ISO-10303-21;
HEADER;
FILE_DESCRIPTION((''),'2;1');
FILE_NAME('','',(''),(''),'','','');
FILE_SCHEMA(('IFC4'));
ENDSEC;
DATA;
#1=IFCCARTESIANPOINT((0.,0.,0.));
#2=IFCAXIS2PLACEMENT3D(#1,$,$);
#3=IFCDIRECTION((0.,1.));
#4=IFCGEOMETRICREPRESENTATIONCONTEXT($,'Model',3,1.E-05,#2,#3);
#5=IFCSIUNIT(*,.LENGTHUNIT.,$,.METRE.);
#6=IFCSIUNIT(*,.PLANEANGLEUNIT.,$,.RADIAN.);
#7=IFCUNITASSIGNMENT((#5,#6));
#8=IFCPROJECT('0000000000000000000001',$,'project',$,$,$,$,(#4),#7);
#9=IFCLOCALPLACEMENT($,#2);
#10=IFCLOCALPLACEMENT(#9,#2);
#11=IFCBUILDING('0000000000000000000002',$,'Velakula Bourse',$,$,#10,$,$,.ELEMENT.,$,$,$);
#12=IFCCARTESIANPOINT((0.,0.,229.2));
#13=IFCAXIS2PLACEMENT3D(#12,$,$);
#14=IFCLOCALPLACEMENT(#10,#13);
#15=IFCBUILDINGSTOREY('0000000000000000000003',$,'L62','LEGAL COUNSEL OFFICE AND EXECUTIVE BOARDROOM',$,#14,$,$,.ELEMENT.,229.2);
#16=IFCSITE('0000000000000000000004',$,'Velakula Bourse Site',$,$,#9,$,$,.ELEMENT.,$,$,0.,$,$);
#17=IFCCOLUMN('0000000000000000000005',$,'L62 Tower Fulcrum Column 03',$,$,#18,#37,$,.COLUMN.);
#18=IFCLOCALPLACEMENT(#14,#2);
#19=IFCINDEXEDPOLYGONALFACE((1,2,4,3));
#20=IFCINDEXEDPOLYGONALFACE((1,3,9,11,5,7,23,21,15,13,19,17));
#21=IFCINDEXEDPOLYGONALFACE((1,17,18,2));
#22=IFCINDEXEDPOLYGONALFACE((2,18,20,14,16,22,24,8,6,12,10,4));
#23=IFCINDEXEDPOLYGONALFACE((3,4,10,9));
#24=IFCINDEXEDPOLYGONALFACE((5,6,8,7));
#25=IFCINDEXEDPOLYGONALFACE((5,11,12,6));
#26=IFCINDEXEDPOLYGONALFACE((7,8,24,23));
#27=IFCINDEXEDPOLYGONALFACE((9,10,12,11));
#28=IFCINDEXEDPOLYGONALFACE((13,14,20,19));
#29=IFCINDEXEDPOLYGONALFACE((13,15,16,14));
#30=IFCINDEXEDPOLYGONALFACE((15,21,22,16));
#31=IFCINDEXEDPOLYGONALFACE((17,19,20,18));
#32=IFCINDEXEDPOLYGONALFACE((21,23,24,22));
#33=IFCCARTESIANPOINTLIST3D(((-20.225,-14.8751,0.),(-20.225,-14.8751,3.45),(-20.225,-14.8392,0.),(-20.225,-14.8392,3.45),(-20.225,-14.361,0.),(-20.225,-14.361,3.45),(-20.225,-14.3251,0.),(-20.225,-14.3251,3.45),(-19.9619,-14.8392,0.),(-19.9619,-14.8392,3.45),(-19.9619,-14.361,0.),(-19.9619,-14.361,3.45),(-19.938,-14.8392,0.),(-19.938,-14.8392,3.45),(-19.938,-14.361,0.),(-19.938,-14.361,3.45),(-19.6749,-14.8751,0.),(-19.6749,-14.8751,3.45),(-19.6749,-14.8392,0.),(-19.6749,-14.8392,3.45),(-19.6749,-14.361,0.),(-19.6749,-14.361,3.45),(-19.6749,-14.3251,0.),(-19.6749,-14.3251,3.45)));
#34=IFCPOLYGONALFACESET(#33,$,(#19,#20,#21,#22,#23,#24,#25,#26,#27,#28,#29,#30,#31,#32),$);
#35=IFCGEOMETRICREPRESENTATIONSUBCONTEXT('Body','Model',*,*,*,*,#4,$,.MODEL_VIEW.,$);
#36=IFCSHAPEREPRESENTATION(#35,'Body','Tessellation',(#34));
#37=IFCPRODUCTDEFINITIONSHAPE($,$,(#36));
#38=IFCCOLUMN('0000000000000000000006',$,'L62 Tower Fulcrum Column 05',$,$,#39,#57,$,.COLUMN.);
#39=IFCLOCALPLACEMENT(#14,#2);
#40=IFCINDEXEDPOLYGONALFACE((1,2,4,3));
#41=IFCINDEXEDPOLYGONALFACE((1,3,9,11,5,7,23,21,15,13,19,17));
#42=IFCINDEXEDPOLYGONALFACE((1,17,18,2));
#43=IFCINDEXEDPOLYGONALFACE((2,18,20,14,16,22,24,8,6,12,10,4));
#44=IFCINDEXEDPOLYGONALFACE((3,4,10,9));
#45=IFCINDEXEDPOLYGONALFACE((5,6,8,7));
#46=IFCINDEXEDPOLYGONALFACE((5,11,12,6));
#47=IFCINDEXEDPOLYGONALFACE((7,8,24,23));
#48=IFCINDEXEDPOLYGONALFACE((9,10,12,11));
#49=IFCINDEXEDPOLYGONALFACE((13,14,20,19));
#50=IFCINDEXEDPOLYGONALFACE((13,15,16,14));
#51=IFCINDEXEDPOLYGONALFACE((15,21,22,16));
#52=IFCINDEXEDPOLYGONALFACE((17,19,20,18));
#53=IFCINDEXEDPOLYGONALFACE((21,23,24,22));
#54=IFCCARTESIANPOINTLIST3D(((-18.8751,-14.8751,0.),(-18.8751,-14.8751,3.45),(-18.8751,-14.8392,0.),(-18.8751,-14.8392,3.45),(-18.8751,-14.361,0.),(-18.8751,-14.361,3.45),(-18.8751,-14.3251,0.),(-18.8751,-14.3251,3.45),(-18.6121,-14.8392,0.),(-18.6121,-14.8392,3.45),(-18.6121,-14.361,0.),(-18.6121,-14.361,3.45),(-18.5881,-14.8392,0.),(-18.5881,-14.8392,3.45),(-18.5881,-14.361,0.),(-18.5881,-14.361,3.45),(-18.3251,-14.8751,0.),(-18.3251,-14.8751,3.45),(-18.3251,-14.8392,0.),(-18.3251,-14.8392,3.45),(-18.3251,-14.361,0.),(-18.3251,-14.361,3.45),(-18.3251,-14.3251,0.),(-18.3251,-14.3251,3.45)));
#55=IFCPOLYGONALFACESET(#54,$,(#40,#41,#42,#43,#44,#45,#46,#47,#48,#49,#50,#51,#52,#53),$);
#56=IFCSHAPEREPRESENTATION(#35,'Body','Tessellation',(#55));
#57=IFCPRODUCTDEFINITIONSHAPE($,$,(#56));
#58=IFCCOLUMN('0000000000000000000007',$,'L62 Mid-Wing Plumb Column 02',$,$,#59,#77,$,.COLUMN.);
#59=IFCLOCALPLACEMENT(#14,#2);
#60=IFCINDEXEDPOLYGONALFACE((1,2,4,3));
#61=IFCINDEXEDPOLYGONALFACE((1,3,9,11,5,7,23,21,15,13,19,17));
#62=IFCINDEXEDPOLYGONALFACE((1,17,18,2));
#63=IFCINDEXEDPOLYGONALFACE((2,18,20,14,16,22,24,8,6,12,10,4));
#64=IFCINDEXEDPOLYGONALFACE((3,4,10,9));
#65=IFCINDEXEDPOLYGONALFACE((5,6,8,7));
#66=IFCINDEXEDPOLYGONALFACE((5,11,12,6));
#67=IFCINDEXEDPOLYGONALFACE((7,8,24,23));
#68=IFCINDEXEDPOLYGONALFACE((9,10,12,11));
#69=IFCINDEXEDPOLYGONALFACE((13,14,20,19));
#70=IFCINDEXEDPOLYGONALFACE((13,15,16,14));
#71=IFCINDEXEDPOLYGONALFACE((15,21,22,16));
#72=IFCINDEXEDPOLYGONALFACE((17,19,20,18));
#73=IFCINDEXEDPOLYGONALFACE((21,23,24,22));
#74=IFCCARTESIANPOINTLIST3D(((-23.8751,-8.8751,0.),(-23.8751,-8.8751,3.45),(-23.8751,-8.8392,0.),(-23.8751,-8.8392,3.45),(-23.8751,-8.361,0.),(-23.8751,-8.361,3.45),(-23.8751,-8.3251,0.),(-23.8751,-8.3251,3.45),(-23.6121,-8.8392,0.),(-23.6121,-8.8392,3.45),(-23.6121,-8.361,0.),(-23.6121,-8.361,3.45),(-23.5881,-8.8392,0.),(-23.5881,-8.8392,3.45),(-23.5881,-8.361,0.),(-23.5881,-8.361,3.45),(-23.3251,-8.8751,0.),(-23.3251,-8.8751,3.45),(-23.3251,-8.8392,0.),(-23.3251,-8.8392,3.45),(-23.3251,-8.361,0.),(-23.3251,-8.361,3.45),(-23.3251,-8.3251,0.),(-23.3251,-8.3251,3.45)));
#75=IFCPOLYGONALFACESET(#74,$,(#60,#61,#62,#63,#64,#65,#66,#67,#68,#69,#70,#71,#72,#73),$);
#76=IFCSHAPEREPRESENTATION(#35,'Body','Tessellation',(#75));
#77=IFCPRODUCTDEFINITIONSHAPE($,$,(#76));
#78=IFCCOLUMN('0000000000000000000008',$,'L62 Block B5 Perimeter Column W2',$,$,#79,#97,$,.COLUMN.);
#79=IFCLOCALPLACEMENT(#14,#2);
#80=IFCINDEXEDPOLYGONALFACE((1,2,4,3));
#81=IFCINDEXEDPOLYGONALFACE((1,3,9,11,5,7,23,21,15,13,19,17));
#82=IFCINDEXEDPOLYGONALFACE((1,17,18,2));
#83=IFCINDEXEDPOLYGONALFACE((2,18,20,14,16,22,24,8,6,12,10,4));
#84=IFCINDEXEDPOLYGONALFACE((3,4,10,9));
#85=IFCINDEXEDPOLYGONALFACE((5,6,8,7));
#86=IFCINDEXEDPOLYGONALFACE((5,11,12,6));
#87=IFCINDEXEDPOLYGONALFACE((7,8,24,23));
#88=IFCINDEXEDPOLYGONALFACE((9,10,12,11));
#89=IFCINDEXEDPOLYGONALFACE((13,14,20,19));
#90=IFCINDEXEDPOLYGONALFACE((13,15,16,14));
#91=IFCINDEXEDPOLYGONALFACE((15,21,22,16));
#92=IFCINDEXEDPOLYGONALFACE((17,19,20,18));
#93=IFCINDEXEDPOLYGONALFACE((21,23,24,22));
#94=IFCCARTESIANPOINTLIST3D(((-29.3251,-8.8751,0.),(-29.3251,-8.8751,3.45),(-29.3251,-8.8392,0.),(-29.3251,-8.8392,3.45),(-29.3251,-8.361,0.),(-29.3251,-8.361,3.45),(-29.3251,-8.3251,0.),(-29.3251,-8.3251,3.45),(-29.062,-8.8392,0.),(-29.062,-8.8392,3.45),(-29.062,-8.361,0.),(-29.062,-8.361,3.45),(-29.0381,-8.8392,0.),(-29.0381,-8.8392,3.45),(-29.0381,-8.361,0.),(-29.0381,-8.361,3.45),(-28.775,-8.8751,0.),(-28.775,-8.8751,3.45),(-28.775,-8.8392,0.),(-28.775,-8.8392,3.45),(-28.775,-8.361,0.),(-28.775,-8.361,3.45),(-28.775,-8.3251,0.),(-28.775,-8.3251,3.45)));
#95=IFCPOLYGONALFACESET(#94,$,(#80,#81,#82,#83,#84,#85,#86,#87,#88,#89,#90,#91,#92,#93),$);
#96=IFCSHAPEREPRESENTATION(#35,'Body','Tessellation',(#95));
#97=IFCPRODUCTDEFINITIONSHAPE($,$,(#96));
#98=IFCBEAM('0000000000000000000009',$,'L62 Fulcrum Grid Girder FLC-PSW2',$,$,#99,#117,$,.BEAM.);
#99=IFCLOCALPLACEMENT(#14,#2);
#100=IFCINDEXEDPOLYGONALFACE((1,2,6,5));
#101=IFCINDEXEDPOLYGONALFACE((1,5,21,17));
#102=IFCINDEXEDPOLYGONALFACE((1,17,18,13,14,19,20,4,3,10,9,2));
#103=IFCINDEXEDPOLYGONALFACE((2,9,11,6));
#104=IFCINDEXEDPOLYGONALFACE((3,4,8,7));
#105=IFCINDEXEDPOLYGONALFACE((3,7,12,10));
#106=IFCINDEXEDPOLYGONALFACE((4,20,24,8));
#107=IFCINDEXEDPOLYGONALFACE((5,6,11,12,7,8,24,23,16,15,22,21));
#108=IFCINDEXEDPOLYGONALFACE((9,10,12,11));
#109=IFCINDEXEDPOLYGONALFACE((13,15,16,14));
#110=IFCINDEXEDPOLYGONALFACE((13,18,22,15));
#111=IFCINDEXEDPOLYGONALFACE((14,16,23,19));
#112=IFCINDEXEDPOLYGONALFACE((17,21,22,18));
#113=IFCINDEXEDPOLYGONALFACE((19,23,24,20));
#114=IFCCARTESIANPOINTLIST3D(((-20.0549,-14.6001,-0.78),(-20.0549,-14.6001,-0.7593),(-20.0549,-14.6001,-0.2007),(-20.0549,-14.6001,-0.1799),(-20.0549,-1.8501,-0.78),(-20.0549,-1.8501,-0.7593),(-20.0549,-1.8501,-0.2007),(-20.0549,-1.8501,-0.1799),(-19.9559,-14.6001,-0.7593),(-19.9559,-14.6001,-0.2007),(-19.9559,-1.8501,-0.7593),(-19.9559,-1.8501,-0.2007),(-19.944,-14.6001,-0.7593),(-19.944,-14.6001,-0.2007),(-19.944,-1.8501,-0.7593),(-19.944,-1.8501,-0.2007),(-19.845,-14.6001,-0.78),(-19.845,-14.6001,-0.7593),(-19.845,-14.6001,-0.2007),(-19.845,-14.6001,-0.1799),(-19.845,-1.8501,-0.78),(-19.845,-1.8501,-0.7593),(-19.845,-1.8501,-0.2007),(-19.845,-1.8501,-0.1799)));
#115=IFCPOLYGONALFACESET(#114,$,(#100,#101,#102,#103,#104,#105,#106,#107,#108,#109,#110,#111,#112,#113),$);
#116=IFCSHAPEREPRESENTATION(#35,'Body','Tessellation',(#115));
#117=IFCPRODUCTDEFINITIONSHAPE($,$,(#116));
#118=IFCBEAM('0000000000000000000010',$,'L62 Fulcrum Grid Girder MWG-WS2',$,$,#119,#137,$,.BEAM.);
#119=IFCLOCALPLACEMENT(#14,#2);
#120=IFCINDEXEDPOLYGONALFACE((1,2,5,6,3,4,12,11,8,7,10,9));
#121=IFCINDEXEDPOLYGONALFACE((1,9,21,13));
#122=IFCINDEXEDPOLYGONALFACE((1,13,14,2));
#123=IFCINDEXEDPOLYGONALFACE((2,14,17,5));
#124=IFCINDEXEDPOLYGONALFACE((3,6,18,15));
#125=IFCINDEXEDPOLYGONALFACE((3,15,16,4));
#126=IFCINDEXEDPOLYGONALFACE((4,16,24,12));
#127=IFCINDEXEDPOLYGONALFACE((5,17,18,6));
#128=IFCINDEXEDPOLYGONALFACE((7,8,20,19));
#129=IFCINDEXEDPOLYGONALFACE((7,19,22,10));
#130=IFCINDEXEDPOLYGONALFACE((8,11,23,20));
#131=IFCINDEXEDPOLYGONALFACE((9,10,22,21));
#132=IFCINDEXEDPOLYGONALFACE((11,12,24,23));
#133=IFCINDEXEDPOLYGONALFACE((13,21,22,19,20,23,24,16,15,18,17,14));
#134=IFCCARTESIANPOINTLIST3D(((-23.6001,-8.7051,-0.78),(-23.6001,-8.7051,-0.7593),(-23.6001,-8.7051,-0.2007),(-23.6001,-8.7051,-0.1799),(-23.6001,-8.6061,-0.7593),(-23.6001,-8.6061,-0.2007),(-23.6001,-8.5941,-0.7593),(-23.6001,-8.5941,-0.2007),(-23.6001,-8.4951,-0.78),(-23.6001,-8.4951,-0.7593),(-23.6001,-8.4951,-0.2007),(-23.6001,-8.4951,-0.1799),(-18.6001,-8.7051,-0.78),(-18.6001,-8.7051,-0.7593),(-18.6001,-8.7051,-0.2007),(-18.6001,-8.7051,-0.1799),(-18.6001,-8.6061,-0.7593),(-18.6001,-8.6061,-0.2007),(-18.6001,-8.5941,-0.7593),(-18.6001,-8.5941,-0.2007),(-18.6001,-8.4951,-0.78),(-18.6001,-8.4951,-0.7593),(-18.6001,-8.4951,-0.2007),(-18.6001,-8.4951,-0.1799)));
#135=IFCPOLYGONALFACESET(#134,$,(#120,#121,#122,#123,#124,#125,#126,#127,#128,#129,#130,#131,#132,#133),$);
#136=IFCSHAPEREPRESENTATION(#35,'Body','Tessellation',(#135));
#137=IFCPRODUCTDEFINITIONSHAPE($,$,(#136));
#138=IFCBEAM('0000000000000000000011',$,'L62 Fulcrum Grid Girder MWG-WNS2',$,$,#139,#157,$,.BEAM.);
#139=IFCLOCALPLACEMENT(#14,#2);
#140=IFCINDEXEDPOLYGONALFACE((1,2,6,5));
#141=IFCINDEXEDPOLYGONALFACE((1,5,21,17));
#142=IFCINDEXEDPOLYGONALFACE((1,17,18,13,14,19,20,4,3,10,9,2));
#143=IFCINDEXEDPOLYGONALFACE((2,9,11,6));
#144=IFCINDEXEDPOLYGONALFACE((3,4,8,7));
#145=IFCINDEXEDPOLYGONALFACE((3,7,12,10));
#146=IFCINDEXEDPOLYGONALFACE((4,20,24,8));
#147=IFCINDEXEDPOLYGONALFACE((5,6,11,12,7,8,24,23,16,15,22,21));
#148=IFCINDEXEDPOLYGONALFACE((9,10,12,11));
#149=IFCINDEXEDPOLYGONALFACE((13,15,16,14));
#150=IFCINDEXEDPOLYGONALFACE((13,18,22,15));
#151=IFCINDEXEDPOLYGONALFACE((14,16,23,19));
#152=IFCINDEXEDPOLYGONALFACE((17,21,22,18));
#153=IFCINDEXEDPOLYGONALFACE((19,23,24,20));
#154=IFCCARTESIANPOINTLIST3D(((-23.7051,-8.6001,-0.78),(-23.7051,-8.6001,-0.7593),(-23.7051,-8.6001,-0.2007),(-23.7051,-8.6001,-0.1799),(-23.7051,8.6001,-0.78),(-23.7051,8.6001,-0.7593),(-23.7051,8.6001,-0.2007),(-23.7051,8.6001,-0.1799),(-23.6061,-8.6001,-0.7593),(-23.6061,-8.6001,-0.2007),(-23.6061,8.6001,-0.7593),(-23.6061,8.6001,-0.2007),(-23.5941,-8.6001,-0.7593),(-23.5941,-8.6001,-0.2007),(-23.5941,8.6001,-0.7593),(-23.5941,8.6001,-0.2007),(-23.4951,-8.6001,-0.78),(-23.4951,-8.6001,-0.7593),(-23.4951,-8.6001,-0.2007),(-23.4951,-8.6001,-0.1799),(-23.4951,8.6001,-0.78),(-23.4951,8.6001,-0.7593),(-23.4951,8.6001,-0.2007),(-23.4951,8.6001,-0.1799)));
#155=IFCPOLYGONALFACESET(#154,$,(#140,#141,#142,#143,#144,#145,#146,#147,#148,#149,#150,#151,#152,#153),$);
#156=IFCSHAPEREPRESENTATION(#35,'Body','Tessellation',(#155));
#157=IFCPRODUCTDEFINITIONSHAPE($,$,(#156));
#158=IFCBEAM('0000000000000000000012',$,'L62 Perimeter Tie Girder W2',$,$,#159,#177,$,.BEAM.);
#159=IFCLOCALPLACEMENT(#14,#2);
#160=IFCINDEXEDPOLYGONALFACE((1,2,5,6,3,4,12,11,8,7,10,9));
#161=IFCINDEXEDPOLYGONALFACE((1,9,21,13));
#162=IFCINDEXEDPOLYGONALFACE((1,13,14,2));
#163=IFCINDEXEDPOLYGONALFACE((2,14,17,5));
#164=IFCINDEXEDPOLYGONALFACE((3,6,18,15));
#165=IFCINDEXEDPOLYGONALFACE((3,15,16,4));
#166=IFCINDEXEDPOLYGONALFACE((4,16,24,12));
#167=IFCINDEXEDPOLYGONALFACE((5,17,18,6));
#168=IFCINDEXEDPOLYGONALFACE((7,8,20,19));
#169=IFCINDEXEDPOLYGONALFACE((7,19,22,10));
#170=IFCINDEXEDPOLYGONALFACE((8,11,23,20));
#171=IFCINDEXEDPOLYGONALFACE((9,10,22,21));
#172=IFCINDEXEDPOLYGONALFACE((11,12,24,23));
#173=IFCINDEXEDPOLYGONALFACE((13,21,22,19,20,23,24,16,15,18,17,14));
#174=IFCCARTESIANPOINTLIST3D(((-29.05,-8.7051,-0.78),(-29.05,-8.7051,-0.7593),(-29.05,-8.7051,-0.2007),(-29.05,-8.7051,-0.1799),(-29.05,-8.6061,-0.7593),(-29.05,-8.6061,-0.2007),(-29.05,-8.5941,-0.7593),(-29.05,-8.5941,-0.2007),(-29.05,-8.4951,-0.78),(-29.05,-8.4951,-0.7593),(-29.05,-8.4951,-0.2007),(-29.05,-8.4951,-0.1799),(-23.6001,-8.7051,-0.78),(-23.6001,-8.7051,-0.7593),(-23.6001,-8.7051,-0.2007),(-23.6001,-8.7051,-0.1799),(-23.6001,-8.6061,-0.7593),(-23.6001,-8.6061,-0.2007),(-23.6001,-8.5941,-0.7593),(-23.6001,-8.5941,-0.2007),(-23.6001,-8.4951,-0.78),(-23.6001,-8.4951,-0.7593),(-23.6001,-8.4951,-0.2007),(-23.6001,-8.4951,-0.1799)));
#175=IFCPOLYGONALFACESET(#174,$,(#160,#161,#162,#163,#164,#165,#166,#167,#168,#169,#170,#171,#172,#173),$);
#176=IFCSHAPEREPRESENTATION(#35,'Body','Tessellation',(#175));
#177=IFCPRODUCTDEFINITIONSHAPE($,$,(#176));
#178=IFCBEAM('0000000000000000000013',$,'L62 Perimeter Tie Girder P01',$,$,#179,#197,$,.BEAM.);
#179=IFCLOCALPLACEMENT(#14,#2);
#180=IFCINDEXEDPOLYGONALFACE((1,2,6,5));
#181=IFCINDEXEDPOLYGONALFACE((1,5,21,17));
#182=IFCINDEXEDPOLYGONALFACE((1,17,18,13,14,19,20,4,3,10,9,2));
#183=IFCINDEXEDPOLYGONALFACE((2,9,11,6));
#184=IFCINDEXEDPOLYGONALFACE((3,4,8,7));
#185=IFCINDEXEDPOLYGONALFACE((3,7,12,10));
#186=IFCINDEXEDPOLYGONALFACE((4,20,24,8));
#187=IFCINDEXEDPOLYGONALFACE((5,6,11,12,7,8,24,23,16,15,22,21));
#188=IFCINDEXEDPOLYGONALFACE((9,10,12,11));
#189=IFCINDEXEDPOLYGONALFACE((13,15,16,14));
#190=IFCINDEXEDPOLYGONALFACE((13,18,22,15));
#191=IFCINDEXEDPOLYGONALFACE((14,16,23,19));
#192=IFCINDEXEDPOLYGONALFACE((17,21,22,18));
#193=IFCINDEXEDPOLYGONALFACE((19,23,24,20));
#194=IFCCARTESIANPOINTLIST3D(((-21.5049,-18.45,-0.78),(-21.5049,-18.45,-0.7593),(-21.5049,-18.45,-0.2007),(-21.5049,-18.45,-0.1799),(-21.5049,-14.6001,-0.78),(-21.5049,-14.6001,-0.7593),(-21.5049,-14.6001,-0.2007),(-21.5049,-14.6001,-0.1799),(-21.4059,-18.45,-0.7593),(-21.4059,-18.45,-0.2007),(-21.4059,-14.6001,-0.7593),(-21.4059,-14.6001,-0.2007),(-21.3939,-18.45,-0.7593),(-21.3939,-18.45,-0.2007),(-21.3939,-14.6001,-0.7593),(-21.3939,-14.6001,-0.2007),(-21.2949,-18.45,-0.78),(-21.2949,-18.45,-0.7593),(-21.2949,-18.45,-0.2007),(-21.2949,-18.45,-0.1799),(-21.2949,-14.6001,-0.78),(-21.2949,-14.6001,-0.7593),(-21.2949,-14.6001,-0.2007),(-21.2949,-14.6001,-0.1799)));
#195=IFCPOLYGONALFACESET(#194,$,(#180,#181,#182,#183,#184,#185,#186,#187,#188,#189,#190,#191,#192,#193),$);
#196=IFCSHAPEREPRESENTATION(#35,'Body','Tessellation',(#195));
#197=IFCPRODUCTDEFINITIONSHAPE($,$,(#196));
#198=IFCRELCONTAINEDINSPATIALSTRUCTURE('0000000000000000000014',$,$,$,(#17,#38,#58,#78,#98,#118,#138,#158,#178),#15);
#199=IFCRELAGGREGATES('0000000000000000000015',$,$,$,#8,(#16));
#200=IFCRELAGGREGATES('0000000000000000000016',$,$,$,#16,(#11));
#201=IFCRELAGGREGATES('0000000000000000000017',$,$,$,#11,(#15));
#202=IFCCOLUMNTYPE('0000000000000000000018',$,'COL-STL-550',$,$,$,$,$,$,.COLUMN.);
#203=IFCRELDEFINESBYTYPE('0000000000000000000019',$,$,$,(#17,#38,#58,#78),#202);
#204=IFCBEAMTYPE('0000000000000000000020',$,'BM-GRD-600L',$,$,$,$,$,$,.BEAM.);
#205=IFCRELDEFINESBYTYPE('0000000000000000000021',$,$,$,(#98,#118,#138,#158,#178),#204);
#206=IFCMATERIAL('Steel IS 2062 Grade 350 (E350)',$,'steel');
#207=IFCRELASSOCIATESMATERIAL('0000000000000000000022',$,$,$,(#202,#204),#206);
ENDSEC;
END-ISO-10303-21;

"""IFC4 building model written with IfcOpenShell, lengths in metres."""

from ifc_helpers import new_model, si_unit, direction, frame, origin, origin_2d, place, context, subcontext, project, spatial, i_section, extrude, material, material_profile, profile_set, type_object, element, save


model = new_model("IFC4")

# Units and contexts
model_context = context("Model", 3, precision=1e-05, world=origin(), true_north=direction((0.0, 1.0)))
body_context = subcontext(model_context, "Body", "Model", "MODEL_VIEW")
ifc_project = project(units=[si_unit("LENGTHUNIT", "METRE"), si_unit("PLANEANGLEUNIT", "RADIAN")], contexts=[model_context])

# Site, building, storey
site_placement = place(None, origin())
site = spatial("IfcSite", under=ifc_project, at=site_placement, Name="Velakula Bourse Site", CompositionType="ELEMENT", RefElevation=0.0)
building_placement = place(site_placement, origin())
building = spatial("IfcBuilding", under=site, at=building_placement, Name="Velakula Bourse", CompositionType="ELEMENT")
storey_placement = place(building_placement, frame((0.0, 0.0, 229.2)))
storey = spatial("IfcBuildingStorey", under=building, at=storey_placement, Name="L62", Description="LEGAL COUNSEL OFFICE AND EXECUTIVE BOARDROOM", CompositionType="ELEMENT", Elevation=229.2)

# Columns
ifc_material_1 = material(Name="Steel IS 2062 Grade 350 (E350)", Category="steel")
ifc_material_profile_1 = material_profile(ifc_material_1, i_section(OverallWidth=0.55, OverallDepth=0.55, WebThickness=0.0239, FlangeThickness=0.0359, at=origin_2d()), Name="Steel IS 2062 Grade 350 (E350)")
ifc_profile_set_1 = profile_set([ifc_material_profile_1], Name="Steel IS 2062 Grade 350 (E350)")
column_type = type_object("IfcColumnType", Name="COL-STL-550", PredefinedType="COLUMN", material=ifc_profile_set_1)
for number, where, z_axis, x_axis, name in (
    (1, (-19.95, -14.6001, 0.0), (0.0, 0.0, 1.0), (1.0, 0.0, 0.0), "L62 Tower Fulcrum Column 03"),
    (2, (-18.6001, -14.6001, 0.0), (0.0, 0.0, 1.0), (1.0, 0.0, 0.0), "L62 Tower Fulcrum Column 05"),
    (3, (-23.6001, -8.6001, 0.0), (0.0, 0.0, 1.0), (1.0, 0.0, 0.0), "L62 Mid-Wing Plumb Column 02"),
    (4, (-29.05, -8.6001, 0.0), (0.0, 0.0, 1.0), (1.0, 0.0, 0.0), "L62 Block B5 Perimeter Column W2"),
):
    element("IfcColumn", number, at=place(storey_placement, frame(where, z_axis=z_axis, x_axis=x_axis)), inside=storey, type_object=column_type, Name=name, PredefinedType="COLUMN", context=body_context, shape_type="SweptSolid", body=[
        extrude(i_section(OverallWidth=0.55, OverallDepth=0.55, WebThickness=0.0239, FlangeThickness=0.0359, at=origin_2d()), origin(), (0.0, 0.0, 1.0), 3.45),
    ])

# Beams
ifc_material_profile_2 = material_profile(ifc_material_1, i_section(OverallWidth=0.21, OverallDepth=0.6001, WebThickness=0.012, FlangeThickness=0.0208, at=origin_2d()), Name="Steel IS 2062 Grade 350 (E350)")
ifc_profile_set_2 = profile_set([ifc_material_profile_2], Name="Steel IS 2062 Grade 350 (E350)")
beam_type_1 = type_object("IfcBeamType", Name="BM-GRD-600L", PredefinedType="BEAM", material=ifc_profile_set_2)
beam_1_placement = place(storey_placement, frame((-19.95, -14.6001, -0.48), z_axis=(0.0, 1.0, 0.0), x_axis=(-1.0, 0.0, 0.0)))
element("IfcBeam", 5, at=beam_1_placement, inside=storey, type_object=beam_type_1, Name="L62 Fulcrum Grid Girder FLC-PSW2", PredefinedType="BEAM", context=body_context, shape_type="SweptSolid", body=[
    extrude(i_section(OverallWidth=0.21, OverallDepth=0.6001, WebThickness=0.012, FlangeThickness=0.0208, at=origin_2d()), origin(), (0.0, 0.0, 1.0), 12.75),
])
beam_2_placement = place(storey_placement, frame((-23.6001, -8.6001, -0.48), z_axis=(1.0, 0.0, 0.0), x_axis=(0.0, 1.0, 0.0)))
element("IfcBeam", 6, at=beam_2_placement, inside=storey, type_object=beam_type_1, Name="L62 Fulcrum Grid Girder MWG-WS2", PredefinedType="BEAM", context=body_context, shape_type="SweptSolid", body=[
    extrude(i_section(OverallWidth=0.21, OverallDepth=0.6001, WebThickness=0.012, FlangeThickness=0.0208, at=origin_2d()), origin(), (0.0, 0.0, 1.0), 5.0),
])
beam_3_placement = place(storey_placement, frame((-23.6001, -8.6001, -0.48), z_axis=(0.0, 1.0, 0.0), x_axis=(-1.0, 0.0, 0.0)))
element("IfcBeam", 7, at=beam_3_placement, inside=storey, type_object=beam_type_1, Name="L62 Fulcrum Grid Girder MWG-WNS2", PredefinedType="BEAM", context=body_context, shape_type="SweptSolid", body=[
    extrude(i_section(OverallWidth=0.21, OverallDepth=0.6001, WebThickness=0.012, FlangeThickness=0.0208, at=origin_2d()), origin(), (0.0, 0.0, 1.0), 17.2002),
])
beam_4_placement = place(storey_placement, frame((-23.6001, -8.6001, -0.48), z_axis=(-1.0, 0.0, 0.0), x_axis=(0.0, -1.0, 0.0)))
element("IfcBeam", 8, at=beam_4_placement, inside=storey, type_object=beam_type_1, Name="L62 Perimeter Tie Girder W2", PredefinedType="BEAM", context=body_context, shape_type="SweptSolid", body=[
    extrude(i_section(OverallWidth=0.21, OverallDepth=0.6001, WebThickness=0.012, FlangeThickness=0.0208, at=origin_2d()), origin(), (0.0, 0.0, 1.0), 5.45),
])
for number, where, z_axis, x_axis, name in (
    (9, (-21.3999, -14.6001, -0.48), (0.0, -1.0, 0.0), (1.0, 0.0, 0.0), "L62 Perimeter Tie Girder P01"),
):
    element("IfcBeam", number, at=place(storey_placement, frame(where, z_axis=z_axis, x_axis=x_axis)), inside=storey, type_object=beam_type_1, Name=name, PredefinedType="BEAM", context=body_context, shape_type="SweptSolid", body=[
        extrude(i_section(OverallWidth=0.21, OverallDepth=0.6001, WebThickness=0.012, FlangeThickness=0.0208, at=origin_2d()), origin(), (0.0, 0.0, 1.0), 3.8499),
    ])

save(model, "model.ifc")
